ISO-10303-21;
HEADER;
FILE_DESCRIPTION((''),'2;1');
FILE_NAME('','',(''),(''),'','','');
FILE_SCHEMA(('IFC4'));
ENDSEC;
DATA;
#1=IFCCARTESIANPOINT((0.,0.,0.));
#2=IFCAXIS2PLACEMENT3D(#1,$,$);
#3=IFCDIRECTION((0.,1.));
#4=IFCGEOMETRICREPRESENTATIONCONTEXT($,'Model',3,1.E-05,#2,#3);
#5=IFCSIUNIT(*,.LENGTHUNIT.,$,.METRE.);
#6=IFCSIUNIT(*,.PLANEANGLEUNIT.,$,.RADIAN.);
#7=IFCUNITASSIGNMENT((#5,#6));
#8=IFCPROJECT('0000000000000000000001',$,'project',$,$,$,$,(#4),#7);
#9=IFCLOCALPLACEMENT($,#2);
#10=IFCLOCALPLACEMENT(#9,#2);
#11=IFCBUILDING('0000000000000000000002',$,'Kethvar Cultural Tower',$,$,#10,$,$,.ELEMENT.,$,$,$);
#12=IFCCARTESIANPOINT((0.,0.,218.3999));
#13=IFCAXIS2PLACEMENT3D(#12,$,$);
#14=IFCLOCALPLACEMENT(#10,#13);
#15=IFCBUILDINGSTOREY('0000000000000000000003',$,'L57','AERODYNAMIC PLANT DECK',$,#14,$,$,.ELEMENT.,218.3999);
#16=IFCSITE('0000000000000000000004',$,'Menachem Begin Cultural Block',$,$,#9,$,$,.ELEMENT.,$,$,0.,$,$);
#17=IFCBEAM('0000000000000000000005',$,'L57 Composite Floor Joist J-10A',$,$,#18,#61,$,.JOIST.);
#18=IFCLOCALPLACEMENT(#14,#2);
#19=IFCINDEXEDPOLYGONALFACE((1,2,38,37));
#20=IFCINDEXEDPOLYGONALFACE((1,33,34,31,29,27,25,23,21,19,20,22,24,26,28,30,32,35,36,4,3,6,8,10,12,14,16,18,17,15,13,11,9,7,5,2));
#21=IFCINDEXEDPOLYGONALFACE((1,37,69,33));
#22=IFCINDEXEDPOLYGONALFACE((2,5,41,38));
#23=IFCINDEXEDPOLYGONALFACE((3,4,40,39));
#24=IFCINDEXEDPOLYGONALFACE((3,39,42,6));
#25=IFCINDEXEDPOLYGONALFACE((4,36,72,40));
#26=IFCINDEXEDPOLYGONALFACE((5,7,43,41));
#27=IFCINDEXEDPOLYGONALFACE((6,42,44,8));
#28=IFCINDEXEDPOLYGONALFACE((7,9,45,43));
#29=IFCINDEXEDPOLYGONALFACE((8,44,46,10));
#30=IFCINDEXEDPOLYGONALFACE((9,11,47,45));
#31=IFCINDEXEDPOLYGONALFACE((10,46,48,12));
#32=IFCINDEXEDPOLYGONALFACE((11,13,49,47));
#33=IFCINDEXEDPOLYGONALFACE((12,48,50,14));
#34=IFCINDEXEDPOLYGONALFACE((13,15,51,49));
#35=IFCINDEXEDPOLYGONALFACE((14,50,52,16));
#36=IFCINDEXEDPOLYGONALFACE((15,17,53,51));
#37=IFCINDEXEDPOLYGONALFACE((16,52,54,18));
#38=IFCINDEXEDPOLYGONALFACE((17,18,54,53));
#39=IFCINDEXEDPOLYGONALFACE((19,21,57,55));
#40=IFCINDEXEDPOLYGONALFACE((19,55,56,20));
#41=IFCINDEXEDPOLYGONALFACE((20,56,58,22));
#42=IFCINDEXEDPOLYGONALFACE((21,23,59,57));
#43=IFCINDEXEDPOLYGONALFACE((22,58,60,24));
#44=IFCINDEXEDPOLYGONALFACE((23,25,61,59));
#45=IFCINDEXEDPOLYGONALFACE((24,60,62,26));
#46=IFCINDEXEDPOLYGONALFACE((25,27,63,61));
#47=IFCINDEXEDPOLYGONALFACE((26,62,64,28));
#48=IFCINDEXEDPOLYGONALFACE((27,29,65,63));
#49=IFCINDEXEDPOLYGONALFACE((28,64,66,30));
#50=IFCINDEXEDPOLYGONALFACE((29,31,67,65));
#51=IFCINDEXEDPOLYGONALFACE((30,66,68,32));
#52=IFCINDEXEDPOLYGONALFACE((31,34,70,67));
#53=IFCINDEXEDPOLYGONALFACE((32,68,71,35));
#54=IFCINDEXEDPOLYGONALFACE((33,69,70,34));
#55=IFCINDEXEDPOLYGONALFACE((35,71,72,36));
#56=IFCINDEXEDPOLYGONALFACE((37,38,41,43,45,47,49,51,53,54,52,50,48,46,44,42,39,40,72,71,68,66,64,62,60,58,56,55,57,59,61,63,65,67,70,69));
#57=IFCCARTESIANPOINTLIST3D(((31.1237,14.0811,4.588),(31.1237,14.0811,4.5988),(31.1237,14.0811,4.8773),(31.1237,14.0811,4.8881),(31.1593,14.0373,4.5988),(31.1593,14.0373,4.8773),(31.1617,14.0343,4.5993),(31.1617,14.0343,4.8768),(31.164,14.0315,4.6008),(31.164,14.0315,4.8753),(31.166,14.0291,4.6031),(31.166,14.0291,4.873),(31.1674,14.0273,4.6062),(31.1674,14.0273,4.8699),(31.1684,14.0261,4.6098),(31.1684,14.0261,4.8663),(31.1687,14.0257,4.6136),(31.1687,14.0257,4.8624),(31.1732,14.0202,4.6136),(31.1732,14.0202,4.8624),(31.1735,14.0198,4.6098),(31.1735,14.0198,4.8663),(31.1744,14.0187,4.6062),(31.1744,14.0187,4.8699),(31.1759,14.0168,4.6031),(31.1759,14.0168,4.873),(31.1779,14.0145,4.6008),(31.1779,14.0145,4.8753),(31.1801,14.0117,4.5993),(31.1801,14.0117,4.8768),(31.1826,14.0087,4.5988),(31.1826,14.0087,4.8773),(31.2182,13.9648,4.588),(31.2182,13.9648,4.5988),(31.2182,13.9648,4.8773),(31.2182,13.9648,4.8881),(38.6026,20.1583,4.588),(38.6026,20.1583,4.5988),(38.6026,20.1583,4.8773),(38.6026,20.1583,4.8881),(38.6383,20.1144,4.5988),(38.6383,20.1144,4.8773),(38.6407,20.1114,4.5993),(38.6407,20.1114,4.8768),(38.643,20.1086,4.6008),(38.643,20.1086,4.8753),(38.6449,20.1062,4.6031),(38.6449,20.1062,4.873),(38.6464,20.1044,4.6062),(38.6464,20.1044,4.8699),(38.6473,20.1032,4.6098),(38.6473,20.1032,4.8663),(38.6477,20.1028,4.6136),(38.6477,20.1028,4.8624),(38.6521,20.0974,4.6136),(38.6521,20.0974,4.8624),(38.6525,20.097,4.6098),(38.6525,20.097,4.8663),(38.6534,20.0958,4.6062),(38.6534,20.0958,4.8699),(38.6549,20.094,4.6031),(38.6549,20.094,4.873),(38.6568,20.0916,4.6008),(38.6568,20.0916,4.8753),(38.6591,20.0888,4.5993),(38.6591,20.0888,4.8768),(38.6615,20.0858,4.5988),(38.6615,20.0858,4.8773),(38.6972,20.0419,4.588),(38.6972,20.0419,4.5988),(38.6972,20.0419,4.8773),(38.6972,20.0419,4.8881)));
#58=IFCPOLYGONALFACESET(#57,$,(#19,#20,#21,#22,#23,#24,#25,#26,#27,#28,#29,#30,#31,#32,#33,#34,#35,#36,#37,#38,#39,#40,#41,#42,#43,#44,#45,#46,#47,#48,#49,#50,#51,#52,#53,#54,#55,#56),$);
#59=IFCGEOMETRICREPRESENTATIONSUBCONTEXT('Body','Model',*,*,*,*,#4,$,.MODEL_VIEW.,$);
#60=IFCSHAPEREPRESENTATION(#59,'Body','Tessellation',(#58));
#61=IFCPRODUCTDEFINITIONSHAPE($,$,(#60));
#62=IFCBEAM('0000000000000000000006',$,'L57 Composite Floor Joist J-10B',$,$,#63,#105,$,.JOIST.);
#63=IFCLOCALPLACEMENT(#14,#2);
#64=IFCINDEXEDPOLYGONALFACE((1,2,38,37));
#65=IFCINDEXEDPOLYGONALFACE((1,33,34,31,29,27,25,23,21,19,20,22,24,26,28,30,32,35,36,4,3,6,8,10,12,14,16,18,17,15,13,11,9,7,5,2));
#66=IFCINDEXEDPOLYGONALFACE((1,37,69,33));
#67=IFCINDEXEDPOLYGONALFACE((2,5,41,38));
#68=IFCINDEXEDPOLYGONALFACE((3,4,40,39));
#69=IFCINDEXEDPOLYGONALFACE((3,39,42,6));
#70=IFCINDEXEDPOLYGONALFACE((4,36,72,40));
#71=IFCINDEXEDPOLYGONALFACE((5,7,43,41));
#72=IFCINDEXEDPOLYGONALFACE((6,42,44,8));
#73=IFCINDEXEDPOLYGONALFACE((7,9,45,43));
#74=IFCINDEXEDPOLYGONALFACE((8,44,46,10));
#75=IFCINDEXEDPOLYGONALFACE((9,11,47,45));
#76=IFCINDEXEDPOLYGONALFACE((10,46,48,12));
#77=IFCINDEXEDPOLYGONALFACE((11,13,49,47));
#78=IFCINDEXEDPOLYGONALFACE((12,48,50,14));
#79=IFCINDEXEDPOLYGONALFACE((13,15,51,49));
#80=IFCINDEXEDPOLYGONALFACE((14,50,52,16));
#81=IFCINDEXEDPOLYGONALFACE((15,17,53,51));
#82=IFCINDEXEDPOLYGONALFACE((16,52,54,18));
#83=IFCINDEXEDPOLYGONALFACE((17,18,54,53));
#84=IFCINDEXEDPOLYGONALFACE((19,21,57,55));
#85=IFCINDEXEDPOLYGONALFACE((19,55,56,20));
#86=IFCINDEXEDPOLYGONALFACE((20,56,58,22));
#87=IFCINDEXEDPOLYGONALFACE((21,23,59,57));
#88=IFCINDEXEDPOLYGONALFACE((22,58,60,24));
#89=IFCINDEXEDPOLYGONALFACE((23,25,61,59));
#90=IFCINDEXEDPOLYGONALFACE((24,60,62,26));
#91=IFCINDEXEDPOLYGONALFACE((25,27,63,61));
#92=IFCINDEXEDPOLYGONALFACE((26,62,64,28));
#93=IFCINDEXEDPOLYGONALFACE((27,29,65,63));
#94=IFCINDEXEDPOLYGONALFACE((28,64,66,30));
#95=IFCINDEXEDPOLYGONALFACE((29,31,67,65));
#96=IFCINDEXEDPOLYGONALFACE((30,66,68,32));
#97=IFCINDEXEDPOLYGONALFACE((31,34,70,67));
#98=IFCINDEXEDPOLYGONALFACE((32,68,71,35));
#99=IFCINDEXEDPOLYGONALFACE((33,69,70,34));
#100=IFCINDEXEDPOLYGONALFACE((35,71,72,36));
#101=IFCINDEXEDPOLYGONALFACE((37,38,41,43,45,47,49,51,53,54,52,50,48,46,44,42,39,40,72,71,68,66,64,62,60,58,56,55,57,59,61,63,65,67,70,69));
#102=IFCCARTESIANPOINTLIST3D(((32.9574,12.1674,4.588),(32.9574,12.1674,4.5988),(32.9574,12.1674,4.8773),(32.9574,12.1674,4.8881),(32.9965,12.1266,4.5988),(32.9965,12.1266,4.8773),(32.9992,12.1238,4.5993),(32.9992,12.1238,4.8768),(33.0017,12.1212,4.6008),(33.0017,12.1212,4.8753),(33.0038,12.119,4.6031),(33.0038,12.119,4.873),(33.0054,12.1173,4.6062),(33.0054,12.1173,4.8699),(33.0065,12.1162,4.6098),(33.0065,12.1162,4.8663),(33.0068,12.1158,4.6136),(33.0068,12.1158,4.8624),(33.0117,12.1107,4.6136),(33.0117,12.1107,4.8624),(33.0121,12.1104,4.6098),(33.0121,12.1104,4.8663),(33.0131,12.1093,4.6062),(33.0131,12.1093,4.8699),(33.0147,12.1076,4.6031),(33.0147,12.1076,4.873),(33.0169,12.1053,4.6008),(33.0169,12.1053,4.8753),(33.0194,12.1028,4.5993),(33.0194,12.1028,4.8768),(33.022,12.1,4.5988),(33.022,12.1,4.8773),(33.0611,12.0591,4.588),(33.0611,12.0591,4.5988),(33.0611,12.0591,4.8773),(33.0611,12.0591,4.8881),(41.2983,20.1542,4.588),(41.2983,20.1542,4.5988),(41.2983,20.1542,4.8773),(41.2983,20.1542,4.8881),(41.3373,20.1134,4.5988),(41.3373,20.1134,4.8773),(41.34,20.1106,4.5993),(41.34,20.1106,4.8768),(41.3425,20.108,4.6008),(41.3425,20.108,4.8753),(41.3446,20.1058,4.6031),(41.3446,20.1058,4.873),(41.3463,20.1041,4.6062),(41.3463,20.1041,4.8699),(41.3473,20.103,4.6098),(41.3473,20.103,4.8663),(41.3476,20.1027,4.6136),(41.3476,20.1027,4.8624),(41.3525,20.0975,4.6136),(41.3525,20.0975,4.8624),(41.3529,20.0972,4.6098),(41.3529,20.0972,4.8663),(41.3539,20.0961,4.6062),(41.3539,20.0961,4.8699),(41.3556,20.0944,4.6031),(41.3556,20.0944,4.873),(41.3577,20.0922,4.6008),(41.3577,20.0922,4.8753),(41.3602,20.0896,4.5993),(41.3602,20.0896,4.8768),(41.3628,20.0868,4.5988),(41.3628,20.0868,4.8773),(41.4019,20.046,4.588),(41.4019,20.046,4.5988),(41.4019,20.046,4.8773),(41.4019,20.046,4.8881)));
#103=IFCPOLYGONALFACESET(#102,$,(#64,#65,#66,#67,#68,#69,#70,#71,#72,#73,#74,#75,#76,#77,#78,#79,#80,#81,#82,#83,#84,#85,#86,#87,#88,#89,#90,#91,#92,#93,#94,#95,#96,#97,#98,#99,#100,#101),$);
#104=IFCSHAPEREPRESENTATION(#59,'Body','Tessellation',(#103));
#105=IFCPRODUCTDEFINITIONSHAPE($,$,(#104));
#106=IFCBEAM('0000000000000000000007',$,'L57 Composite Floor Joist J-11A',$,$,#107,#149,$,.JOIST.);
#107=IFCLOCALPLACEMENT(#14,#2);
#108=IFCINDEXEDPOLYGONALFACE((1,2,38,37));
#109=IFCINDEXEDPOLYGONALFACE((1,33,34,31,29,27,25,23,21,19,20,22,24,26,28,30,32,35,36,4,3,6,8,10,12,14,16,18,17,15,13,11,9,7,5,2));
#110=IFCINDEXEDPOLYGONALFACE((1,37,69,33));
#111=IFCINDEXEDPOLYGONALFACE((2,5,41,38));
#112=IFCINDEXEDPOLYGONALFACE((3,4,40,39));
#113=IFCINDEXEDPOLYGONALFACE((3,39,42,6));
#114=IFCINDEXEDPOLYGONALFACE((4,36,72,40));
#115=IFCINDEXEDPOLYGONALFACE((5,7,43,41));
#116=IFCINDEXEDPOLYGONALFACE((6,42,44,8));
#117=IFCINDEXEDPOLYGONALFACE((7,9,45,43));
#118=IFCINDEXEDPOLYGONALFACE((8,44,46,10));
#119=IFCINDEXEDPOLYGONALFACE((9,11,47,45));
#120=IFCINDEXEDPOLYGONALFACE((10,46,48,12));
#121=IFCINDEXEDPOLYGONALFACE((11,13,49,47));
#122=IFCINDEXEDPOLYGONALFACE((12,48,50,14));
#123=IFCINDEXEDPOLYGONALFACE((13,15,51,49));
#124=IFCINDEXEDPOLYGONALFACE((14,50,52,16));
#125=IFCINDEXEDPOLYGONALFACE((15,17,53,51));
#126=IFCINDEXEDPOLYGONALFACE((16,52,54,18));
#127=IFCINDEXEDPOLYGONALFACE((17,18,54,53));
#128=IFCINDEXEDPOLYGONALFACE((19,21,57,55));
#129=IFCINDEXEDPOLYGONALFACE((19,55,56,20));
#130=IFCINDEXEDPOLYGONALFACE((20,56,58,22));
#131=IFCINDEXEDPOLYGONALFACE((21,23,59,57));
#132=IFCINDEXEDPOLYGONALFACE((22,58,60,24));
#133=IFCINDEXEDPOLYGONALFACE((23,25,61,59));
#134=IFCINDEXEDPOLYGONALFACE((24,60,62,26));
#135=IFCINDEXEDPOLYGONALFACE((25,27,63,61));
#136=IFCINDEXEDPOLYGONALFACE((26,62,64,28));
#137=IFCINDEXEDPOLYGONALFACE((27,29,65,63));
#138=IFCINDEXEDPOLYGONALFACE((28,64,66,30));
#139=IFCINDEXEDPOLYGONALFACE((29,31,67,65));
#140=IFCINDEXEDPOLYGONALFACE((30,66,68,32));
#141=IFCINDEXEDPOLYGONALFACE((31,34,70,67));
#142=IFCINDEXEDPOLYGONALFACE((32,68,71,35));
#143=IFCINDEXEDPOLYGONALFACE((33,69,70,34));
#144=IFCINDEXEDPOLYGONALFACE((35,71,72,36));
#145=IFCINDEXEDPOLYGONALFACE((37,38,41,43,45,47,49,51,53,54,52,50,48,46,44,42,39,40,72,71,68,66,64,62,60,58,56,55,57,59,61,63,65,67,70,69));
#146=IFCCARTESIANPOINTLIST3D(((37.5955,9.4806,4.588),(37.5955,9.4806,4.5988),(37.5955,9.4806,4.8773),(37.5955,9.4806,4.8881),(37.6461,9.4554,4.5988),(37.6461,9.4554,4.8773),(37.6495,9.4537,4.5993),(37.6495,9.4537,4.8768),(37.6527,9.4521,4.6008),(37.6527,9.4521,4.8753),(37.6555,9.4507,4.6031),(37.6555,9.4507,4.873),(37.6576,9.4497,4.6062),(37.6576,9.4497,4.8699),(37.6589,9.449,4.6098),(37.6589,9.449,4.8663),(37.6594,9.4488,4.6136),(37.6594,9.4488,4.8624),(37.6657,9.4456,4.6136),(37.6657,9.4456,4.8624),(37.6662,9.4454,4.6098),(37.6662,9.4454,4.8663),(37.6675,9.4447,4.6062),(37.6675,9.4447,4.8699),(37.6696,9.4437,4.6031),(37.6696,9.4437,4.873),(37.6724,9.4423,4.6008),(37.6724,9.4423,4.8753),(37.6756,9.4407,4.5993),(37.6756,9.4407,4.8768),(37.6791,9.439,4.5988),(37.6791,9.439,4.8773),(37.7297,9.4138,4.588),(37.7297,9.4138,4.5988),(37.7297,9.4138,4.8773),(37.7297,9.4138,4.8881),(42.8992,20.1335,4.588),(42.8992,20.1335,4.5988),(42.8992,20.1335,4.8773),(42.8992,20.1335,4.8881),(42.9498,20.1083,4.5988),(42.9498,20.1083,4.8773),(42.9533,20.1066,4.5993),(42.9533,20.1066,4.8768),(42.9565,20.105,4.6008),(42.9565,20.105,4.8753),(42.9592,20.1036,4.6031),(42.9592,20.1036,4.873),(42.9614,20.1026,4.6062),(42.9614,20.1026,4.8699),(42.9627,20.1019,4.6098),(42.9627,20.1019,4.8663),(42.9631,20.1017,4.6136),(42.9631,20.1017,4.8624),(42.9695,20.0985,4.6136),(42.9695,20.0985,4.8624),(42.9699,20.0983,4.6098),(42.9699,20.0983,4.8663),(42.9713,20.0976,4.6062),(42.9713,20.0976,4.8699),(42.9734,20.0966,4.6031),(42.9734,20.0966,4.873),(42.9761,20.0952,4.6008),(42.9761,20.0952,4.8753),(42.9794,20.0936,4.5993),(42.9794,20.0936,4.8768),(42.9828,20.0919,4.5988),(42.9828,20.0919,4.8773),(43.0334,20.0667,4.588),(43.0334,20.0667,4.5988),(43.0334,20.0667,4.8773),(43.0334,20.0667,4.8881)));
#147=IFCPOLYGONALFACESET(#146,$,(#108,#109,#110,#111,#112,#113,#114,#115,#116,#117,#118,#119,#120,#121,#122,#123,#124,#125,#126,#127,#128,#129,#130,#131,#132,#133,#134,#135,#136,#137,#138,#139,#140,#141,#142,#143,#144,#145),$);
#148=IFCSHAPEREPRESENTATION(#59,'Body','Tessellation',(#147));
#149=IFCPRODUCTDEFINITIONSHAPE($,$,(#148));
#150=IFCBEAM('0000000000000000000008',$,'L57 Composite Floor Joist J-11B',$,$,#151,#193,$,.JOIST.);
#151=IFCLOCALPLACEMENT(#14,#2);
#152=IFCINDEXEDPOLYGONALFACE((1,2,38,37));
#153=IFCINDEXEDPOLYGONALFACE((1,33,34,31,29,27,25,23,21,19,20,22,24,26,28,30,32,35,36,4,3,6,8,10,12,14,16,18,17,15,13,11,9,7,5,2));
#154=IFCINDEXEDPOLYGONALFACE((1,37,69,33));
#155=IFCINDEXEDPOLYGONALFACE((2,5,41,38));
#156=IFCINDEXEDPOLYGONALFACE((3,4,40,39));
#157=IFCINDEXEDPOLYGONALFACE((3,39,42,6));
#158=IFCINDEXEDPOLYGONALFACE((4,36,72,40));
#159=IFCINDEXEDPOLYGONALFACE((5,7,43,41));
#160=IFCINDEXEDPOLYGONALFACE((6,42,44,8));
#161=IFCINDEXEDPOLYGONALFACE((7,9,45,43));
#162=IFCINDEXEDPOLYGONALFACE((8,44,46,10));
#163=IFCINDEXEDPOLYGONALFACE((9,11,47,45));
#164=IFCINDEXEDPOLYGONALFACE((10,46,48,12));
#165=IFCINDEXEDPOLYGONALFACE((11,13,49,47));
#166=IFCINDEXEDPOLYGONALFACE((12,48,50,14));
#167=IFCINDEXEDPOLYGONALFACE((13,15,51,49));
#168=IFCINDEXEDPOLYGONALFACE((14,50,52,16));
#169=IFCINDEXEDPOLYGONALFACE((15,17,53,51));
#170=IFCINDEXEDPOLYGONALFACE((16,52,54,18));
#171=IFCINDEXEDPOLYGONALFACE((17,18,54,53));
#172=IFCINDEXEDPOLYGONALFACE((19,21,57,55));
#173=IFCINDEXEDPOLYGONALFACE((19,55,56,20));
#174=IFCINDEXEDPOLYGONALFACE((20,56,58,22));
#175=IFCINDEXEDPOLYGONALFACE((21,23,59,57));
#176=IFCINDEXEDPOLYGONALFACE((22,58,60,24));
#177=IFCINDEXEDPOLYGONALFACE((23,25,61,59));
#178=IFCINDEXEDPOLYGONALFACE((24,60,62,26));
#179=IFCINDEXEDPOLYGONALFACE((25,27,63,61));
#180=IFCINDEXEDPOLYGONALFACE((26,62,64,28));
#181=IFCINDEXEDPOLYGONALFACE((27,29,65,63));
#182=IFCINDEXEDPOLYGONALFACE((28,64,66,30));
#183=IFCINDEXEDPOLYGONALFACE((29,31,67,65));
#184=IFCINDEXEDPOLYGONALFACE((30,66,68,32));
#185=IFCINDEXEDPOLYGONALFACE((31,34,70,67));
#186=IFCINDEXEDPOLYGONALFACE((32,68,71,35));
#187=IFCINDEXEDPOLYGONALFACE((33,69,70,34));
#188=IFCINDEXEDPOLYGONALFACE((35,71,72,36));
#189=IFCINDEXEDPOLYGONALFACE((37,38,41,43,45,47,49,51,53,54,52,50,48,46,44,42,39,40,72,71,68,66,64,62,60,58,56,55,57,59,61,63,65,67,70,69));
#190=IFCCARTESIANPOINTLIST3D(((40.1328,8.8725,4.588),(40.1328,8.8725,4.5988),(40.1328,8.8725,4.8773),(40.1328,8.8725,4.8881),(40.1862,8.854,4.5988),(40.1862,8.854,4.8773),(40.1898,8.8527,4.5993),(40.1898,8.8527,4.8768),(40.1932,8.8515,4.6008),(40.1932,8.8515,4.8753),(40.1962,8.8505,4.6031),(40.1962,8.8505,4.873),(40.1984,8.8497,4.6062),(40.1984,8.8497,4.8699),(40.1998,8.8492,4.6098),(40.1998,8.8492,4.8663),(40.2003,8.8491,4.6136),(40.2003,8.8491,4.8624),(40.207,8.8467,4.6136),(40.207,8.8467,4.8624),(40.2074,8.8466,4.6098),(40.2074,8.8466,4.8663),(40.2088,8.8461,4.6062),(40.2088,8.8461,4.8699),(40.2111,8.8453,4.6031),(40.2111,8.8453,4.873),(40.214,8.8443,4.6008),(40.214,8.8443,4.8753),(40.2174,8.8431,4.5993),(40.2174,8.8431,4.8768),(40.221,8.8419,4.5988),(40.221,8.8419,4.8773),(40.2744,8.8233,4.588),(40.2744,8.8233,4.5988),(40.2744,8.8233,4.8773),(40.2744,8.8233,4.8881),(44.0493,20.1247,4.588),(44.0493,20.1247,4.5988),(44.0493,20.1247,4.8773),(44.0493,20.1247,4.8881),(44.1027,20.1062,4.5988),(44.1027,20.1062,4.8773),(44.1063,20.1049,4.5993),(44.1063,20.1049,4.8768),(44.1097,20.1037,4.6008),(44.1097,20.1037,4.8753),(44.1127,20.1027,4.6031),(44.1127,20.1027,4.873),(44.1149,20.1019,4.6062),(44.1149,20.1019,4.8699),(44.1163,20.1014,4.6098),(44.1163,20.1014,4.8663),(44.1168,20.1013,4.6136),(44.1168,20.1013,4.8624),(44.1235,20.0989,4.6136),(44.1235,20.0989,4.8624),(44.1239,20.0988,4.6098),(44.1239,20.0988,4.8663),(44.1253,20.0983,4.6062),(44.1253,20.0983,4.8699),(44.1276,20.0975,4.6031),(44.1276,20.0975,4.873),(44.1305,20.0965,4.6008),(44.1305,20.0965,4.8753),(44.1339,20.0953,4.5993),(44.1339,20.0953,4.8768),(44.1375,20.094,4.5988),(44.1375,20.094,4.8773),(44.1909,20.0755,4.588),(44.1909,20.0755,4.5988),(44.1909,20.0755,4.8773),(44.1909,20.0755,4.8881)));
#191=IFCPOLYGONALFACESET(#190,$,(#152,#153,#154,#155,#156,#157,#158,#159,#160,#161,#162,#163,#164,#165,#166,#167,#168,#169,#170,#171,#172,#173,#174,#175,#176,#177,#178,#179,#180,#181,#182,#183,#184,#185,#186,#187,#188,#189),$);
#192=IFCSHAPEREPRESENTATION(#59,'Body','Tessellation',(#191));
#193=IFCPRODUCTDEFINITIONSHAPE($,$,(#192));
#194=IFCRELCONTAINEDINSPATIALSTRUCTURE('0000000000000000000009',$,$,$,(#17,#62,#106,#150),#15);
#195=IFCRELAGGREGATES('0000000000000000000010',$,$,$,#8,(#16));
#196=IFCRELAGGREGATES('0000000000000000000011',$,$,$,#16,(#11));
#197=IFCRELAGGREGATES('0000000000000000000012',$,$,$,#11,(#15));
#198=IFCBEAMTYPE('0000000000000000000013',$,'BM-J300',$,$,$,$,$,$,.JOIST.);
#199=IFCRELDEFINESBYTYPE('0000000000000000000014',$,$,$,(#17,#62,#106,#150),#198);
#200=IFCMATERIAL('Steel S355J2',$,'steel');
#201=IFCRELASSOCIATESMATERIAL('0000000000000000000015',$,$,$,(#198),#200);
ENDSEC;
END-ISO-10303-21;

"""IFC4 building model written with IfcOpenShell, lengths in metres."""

from ifc_helpers import new_model, si_unit, direction, frame, origin, origin_2d, place, context, subcontext, project, spatial, i_section, extrude, source, transform, mapped, material, material_profile, profile_set, type_object, element, save


model = new_model("IFC4")

# Units and contexts
model_context = context("Model", 3, precision=1e-05, world=origin(), true_north=direction((0.0, 1.0)))
body_context = subcontext(model_context, "Body", "Model", "MODEL_VIEW")
ifc_project = project(units=[si_unit("LENGTHUNIT", "METRE"), si_unit("PLANEANGLEUNIT", "RADIAN")], contexts=[model_context])

# Site, building, storey
site_placement = place(None, origin())
site = spatial("IfcSite", under=ifc_project, at=site_placement, Name="Menachem Begin Cultural Block", CompositionType="ELEMENT", RefElevation=0.0)
building_placement = place(site_placement, origin())
building = spatial("IfcBuilding", under=site, at=building_placement, Name="Kethvar Cultural Tower", CompositionType="ELEMENT")
storey_placement = place(building_placement, frame((0.0, 0.0, 218.3999)))
storey = spatial("IfcBuildingStorey", under=building, at=storey_placement, Name="L57", Description="AERODYNAMIC PLANT DECK", CompositionType="ELEMENT", Elevation=218.3999)

# Beams
ifc_material_1 = material(Name="Steel S355J2", Category="steel")
ifc_material_profile_1 = material_profile(ifc_material_1, i_section(OverallWidth=0.1499, OverallDepth=0.3, WebThickness=0.0071, FlangeThickness=0.0107, FilletRadius=0.0149, at=origin_2d()), Name="Steel S355J2 — IPE300")
ifc_profile_set_1 = profile_set([ifc_material_profile_1], Name="Steel S355J2 — IPE300")
beam_type_1 = type_object("IfcBeamType", Name="BM-J300", PredefinedType="JOIST", material=ifc_profile_set_1)
shared_shape_1 = source(origin(), body_context, "Body", "SweptSolid", [
    extrude(i_section(OverallWidth=0.1499, OverallDepth=0.3, WebThickness=0.0071, FlangeThickness=0.0107, FilletRadius=0.0149, at=origin_2d()), origin(), (0.0, 0.0, 1.0), 9.6367),
])
beam_1_placement = place(storey_placement, frame((38.6499, 20.1001, 4.738), z_axis=(-0.776091, -0.630621, 0.0), x_axis=(0.630621, -0.776091, 0.0)))
element("IfcBeam", 1, at=beam_1_placement, inside=storey, type_object=beam_type_1, Name="L57 Composite Floor Joist J-10A", PredefinedType="JOIST", context=body_context, shape_type="MappedRepresentation", body=[
    mapped(shared_shape_1, transform((0.0, 0.0, 0.0), scale=1.0)),
])
shared_shape_2 = source(origin(), body_context, "Body", "SweptSolid", [
    extrude(i_section(OverallWidth=0.1499, OverallDepth=0.3, WebThickness=0.0071, FlangeThickness=0.0107, FilletRadius=0.0149, at=origin_2d()), origin(), (0.0, 0.0, 1.0), 11.5481),
])
beam_2_placement = place(storey_placement, frame((41.3501, 20.1001, 4.738), z_axis=(-0.722268, -0.691613, 0.0), x_axis=(0.691613, -0.722268, 0.0)))
element("IfcBeam", 2, at=beam_2_placement, inside=storey, type_object=beam_type_1, Name="L57 Composite Floor Joist J-10B", PredefinedType="JOIST", context=body_context, shape_type="MappedRepresentation", body=[
    mapped(shared_shape_2, transform((0.0, 0.0, 0.0), scale=1.0)),
])
shared_shape_3 = source(origin(), body_context, "Body", "SweptSolid", [
    extrude(i_section(OverallWidth=0.1499, OverallDepth=0.3, WebThickness=0.0071, FlangeThickness=0.0107, FilletRadius=0.0149, at=origin_2d()), origin(), (0.0, 0.0, 1.0), 11.9001),
])
beam_3_placement = place(storey_placement, frame((42.9663, 20.1001, 4.738), z_axis=(-0.445687, -0.895189, 0.0), x_axis=(0.895189, -0.445687, 0.0)))
element("IfcBeam", 3, at=beam_3_placement, inside=storey, type_object=beam_type_1, Name="L57 Composite Floor Joist J-11A", PredefinedType="JOIST", context=body_context, shape_type="MappedRepresentation", body=[
    mapped(shared_shape_3, transform((0.0, 0.0, 0.0), scale=1.0)),
])
shared_shape_4 = source(origin(), body_context, "Body", "SweptSolid", [
    extrude(i_section(OverallWidth=0.1499, OverallDepth=0.3, WebThickness=0.0071, FlangeThickness=0.0107, FilletRadius=0.0149, at=origin_2d()), origin(), (0.0, 0.0, 1.0), 11.9143),
])
beam_4_placement = place(storey_placement, frame((44.1201, 20.1001, 4.738), z_axis=(-0.328722, -0.944427, 0.0), x_axis=(0.944427, -0.328722, 0.0)))
element("IfcBeam", 4, at=beam_4_placement, inside=storey, type_object=beam_type_1, Name="L57 Composite Floor Joist J-11B", PredefinedType="JOIST", context=body_context, shape_type="MappedRepresentation", body=[
    mapped(shared_shape_4, transform((0.0, 0.0, 0.0), scale=1.0)),
])

save(model, "model.ifc")
